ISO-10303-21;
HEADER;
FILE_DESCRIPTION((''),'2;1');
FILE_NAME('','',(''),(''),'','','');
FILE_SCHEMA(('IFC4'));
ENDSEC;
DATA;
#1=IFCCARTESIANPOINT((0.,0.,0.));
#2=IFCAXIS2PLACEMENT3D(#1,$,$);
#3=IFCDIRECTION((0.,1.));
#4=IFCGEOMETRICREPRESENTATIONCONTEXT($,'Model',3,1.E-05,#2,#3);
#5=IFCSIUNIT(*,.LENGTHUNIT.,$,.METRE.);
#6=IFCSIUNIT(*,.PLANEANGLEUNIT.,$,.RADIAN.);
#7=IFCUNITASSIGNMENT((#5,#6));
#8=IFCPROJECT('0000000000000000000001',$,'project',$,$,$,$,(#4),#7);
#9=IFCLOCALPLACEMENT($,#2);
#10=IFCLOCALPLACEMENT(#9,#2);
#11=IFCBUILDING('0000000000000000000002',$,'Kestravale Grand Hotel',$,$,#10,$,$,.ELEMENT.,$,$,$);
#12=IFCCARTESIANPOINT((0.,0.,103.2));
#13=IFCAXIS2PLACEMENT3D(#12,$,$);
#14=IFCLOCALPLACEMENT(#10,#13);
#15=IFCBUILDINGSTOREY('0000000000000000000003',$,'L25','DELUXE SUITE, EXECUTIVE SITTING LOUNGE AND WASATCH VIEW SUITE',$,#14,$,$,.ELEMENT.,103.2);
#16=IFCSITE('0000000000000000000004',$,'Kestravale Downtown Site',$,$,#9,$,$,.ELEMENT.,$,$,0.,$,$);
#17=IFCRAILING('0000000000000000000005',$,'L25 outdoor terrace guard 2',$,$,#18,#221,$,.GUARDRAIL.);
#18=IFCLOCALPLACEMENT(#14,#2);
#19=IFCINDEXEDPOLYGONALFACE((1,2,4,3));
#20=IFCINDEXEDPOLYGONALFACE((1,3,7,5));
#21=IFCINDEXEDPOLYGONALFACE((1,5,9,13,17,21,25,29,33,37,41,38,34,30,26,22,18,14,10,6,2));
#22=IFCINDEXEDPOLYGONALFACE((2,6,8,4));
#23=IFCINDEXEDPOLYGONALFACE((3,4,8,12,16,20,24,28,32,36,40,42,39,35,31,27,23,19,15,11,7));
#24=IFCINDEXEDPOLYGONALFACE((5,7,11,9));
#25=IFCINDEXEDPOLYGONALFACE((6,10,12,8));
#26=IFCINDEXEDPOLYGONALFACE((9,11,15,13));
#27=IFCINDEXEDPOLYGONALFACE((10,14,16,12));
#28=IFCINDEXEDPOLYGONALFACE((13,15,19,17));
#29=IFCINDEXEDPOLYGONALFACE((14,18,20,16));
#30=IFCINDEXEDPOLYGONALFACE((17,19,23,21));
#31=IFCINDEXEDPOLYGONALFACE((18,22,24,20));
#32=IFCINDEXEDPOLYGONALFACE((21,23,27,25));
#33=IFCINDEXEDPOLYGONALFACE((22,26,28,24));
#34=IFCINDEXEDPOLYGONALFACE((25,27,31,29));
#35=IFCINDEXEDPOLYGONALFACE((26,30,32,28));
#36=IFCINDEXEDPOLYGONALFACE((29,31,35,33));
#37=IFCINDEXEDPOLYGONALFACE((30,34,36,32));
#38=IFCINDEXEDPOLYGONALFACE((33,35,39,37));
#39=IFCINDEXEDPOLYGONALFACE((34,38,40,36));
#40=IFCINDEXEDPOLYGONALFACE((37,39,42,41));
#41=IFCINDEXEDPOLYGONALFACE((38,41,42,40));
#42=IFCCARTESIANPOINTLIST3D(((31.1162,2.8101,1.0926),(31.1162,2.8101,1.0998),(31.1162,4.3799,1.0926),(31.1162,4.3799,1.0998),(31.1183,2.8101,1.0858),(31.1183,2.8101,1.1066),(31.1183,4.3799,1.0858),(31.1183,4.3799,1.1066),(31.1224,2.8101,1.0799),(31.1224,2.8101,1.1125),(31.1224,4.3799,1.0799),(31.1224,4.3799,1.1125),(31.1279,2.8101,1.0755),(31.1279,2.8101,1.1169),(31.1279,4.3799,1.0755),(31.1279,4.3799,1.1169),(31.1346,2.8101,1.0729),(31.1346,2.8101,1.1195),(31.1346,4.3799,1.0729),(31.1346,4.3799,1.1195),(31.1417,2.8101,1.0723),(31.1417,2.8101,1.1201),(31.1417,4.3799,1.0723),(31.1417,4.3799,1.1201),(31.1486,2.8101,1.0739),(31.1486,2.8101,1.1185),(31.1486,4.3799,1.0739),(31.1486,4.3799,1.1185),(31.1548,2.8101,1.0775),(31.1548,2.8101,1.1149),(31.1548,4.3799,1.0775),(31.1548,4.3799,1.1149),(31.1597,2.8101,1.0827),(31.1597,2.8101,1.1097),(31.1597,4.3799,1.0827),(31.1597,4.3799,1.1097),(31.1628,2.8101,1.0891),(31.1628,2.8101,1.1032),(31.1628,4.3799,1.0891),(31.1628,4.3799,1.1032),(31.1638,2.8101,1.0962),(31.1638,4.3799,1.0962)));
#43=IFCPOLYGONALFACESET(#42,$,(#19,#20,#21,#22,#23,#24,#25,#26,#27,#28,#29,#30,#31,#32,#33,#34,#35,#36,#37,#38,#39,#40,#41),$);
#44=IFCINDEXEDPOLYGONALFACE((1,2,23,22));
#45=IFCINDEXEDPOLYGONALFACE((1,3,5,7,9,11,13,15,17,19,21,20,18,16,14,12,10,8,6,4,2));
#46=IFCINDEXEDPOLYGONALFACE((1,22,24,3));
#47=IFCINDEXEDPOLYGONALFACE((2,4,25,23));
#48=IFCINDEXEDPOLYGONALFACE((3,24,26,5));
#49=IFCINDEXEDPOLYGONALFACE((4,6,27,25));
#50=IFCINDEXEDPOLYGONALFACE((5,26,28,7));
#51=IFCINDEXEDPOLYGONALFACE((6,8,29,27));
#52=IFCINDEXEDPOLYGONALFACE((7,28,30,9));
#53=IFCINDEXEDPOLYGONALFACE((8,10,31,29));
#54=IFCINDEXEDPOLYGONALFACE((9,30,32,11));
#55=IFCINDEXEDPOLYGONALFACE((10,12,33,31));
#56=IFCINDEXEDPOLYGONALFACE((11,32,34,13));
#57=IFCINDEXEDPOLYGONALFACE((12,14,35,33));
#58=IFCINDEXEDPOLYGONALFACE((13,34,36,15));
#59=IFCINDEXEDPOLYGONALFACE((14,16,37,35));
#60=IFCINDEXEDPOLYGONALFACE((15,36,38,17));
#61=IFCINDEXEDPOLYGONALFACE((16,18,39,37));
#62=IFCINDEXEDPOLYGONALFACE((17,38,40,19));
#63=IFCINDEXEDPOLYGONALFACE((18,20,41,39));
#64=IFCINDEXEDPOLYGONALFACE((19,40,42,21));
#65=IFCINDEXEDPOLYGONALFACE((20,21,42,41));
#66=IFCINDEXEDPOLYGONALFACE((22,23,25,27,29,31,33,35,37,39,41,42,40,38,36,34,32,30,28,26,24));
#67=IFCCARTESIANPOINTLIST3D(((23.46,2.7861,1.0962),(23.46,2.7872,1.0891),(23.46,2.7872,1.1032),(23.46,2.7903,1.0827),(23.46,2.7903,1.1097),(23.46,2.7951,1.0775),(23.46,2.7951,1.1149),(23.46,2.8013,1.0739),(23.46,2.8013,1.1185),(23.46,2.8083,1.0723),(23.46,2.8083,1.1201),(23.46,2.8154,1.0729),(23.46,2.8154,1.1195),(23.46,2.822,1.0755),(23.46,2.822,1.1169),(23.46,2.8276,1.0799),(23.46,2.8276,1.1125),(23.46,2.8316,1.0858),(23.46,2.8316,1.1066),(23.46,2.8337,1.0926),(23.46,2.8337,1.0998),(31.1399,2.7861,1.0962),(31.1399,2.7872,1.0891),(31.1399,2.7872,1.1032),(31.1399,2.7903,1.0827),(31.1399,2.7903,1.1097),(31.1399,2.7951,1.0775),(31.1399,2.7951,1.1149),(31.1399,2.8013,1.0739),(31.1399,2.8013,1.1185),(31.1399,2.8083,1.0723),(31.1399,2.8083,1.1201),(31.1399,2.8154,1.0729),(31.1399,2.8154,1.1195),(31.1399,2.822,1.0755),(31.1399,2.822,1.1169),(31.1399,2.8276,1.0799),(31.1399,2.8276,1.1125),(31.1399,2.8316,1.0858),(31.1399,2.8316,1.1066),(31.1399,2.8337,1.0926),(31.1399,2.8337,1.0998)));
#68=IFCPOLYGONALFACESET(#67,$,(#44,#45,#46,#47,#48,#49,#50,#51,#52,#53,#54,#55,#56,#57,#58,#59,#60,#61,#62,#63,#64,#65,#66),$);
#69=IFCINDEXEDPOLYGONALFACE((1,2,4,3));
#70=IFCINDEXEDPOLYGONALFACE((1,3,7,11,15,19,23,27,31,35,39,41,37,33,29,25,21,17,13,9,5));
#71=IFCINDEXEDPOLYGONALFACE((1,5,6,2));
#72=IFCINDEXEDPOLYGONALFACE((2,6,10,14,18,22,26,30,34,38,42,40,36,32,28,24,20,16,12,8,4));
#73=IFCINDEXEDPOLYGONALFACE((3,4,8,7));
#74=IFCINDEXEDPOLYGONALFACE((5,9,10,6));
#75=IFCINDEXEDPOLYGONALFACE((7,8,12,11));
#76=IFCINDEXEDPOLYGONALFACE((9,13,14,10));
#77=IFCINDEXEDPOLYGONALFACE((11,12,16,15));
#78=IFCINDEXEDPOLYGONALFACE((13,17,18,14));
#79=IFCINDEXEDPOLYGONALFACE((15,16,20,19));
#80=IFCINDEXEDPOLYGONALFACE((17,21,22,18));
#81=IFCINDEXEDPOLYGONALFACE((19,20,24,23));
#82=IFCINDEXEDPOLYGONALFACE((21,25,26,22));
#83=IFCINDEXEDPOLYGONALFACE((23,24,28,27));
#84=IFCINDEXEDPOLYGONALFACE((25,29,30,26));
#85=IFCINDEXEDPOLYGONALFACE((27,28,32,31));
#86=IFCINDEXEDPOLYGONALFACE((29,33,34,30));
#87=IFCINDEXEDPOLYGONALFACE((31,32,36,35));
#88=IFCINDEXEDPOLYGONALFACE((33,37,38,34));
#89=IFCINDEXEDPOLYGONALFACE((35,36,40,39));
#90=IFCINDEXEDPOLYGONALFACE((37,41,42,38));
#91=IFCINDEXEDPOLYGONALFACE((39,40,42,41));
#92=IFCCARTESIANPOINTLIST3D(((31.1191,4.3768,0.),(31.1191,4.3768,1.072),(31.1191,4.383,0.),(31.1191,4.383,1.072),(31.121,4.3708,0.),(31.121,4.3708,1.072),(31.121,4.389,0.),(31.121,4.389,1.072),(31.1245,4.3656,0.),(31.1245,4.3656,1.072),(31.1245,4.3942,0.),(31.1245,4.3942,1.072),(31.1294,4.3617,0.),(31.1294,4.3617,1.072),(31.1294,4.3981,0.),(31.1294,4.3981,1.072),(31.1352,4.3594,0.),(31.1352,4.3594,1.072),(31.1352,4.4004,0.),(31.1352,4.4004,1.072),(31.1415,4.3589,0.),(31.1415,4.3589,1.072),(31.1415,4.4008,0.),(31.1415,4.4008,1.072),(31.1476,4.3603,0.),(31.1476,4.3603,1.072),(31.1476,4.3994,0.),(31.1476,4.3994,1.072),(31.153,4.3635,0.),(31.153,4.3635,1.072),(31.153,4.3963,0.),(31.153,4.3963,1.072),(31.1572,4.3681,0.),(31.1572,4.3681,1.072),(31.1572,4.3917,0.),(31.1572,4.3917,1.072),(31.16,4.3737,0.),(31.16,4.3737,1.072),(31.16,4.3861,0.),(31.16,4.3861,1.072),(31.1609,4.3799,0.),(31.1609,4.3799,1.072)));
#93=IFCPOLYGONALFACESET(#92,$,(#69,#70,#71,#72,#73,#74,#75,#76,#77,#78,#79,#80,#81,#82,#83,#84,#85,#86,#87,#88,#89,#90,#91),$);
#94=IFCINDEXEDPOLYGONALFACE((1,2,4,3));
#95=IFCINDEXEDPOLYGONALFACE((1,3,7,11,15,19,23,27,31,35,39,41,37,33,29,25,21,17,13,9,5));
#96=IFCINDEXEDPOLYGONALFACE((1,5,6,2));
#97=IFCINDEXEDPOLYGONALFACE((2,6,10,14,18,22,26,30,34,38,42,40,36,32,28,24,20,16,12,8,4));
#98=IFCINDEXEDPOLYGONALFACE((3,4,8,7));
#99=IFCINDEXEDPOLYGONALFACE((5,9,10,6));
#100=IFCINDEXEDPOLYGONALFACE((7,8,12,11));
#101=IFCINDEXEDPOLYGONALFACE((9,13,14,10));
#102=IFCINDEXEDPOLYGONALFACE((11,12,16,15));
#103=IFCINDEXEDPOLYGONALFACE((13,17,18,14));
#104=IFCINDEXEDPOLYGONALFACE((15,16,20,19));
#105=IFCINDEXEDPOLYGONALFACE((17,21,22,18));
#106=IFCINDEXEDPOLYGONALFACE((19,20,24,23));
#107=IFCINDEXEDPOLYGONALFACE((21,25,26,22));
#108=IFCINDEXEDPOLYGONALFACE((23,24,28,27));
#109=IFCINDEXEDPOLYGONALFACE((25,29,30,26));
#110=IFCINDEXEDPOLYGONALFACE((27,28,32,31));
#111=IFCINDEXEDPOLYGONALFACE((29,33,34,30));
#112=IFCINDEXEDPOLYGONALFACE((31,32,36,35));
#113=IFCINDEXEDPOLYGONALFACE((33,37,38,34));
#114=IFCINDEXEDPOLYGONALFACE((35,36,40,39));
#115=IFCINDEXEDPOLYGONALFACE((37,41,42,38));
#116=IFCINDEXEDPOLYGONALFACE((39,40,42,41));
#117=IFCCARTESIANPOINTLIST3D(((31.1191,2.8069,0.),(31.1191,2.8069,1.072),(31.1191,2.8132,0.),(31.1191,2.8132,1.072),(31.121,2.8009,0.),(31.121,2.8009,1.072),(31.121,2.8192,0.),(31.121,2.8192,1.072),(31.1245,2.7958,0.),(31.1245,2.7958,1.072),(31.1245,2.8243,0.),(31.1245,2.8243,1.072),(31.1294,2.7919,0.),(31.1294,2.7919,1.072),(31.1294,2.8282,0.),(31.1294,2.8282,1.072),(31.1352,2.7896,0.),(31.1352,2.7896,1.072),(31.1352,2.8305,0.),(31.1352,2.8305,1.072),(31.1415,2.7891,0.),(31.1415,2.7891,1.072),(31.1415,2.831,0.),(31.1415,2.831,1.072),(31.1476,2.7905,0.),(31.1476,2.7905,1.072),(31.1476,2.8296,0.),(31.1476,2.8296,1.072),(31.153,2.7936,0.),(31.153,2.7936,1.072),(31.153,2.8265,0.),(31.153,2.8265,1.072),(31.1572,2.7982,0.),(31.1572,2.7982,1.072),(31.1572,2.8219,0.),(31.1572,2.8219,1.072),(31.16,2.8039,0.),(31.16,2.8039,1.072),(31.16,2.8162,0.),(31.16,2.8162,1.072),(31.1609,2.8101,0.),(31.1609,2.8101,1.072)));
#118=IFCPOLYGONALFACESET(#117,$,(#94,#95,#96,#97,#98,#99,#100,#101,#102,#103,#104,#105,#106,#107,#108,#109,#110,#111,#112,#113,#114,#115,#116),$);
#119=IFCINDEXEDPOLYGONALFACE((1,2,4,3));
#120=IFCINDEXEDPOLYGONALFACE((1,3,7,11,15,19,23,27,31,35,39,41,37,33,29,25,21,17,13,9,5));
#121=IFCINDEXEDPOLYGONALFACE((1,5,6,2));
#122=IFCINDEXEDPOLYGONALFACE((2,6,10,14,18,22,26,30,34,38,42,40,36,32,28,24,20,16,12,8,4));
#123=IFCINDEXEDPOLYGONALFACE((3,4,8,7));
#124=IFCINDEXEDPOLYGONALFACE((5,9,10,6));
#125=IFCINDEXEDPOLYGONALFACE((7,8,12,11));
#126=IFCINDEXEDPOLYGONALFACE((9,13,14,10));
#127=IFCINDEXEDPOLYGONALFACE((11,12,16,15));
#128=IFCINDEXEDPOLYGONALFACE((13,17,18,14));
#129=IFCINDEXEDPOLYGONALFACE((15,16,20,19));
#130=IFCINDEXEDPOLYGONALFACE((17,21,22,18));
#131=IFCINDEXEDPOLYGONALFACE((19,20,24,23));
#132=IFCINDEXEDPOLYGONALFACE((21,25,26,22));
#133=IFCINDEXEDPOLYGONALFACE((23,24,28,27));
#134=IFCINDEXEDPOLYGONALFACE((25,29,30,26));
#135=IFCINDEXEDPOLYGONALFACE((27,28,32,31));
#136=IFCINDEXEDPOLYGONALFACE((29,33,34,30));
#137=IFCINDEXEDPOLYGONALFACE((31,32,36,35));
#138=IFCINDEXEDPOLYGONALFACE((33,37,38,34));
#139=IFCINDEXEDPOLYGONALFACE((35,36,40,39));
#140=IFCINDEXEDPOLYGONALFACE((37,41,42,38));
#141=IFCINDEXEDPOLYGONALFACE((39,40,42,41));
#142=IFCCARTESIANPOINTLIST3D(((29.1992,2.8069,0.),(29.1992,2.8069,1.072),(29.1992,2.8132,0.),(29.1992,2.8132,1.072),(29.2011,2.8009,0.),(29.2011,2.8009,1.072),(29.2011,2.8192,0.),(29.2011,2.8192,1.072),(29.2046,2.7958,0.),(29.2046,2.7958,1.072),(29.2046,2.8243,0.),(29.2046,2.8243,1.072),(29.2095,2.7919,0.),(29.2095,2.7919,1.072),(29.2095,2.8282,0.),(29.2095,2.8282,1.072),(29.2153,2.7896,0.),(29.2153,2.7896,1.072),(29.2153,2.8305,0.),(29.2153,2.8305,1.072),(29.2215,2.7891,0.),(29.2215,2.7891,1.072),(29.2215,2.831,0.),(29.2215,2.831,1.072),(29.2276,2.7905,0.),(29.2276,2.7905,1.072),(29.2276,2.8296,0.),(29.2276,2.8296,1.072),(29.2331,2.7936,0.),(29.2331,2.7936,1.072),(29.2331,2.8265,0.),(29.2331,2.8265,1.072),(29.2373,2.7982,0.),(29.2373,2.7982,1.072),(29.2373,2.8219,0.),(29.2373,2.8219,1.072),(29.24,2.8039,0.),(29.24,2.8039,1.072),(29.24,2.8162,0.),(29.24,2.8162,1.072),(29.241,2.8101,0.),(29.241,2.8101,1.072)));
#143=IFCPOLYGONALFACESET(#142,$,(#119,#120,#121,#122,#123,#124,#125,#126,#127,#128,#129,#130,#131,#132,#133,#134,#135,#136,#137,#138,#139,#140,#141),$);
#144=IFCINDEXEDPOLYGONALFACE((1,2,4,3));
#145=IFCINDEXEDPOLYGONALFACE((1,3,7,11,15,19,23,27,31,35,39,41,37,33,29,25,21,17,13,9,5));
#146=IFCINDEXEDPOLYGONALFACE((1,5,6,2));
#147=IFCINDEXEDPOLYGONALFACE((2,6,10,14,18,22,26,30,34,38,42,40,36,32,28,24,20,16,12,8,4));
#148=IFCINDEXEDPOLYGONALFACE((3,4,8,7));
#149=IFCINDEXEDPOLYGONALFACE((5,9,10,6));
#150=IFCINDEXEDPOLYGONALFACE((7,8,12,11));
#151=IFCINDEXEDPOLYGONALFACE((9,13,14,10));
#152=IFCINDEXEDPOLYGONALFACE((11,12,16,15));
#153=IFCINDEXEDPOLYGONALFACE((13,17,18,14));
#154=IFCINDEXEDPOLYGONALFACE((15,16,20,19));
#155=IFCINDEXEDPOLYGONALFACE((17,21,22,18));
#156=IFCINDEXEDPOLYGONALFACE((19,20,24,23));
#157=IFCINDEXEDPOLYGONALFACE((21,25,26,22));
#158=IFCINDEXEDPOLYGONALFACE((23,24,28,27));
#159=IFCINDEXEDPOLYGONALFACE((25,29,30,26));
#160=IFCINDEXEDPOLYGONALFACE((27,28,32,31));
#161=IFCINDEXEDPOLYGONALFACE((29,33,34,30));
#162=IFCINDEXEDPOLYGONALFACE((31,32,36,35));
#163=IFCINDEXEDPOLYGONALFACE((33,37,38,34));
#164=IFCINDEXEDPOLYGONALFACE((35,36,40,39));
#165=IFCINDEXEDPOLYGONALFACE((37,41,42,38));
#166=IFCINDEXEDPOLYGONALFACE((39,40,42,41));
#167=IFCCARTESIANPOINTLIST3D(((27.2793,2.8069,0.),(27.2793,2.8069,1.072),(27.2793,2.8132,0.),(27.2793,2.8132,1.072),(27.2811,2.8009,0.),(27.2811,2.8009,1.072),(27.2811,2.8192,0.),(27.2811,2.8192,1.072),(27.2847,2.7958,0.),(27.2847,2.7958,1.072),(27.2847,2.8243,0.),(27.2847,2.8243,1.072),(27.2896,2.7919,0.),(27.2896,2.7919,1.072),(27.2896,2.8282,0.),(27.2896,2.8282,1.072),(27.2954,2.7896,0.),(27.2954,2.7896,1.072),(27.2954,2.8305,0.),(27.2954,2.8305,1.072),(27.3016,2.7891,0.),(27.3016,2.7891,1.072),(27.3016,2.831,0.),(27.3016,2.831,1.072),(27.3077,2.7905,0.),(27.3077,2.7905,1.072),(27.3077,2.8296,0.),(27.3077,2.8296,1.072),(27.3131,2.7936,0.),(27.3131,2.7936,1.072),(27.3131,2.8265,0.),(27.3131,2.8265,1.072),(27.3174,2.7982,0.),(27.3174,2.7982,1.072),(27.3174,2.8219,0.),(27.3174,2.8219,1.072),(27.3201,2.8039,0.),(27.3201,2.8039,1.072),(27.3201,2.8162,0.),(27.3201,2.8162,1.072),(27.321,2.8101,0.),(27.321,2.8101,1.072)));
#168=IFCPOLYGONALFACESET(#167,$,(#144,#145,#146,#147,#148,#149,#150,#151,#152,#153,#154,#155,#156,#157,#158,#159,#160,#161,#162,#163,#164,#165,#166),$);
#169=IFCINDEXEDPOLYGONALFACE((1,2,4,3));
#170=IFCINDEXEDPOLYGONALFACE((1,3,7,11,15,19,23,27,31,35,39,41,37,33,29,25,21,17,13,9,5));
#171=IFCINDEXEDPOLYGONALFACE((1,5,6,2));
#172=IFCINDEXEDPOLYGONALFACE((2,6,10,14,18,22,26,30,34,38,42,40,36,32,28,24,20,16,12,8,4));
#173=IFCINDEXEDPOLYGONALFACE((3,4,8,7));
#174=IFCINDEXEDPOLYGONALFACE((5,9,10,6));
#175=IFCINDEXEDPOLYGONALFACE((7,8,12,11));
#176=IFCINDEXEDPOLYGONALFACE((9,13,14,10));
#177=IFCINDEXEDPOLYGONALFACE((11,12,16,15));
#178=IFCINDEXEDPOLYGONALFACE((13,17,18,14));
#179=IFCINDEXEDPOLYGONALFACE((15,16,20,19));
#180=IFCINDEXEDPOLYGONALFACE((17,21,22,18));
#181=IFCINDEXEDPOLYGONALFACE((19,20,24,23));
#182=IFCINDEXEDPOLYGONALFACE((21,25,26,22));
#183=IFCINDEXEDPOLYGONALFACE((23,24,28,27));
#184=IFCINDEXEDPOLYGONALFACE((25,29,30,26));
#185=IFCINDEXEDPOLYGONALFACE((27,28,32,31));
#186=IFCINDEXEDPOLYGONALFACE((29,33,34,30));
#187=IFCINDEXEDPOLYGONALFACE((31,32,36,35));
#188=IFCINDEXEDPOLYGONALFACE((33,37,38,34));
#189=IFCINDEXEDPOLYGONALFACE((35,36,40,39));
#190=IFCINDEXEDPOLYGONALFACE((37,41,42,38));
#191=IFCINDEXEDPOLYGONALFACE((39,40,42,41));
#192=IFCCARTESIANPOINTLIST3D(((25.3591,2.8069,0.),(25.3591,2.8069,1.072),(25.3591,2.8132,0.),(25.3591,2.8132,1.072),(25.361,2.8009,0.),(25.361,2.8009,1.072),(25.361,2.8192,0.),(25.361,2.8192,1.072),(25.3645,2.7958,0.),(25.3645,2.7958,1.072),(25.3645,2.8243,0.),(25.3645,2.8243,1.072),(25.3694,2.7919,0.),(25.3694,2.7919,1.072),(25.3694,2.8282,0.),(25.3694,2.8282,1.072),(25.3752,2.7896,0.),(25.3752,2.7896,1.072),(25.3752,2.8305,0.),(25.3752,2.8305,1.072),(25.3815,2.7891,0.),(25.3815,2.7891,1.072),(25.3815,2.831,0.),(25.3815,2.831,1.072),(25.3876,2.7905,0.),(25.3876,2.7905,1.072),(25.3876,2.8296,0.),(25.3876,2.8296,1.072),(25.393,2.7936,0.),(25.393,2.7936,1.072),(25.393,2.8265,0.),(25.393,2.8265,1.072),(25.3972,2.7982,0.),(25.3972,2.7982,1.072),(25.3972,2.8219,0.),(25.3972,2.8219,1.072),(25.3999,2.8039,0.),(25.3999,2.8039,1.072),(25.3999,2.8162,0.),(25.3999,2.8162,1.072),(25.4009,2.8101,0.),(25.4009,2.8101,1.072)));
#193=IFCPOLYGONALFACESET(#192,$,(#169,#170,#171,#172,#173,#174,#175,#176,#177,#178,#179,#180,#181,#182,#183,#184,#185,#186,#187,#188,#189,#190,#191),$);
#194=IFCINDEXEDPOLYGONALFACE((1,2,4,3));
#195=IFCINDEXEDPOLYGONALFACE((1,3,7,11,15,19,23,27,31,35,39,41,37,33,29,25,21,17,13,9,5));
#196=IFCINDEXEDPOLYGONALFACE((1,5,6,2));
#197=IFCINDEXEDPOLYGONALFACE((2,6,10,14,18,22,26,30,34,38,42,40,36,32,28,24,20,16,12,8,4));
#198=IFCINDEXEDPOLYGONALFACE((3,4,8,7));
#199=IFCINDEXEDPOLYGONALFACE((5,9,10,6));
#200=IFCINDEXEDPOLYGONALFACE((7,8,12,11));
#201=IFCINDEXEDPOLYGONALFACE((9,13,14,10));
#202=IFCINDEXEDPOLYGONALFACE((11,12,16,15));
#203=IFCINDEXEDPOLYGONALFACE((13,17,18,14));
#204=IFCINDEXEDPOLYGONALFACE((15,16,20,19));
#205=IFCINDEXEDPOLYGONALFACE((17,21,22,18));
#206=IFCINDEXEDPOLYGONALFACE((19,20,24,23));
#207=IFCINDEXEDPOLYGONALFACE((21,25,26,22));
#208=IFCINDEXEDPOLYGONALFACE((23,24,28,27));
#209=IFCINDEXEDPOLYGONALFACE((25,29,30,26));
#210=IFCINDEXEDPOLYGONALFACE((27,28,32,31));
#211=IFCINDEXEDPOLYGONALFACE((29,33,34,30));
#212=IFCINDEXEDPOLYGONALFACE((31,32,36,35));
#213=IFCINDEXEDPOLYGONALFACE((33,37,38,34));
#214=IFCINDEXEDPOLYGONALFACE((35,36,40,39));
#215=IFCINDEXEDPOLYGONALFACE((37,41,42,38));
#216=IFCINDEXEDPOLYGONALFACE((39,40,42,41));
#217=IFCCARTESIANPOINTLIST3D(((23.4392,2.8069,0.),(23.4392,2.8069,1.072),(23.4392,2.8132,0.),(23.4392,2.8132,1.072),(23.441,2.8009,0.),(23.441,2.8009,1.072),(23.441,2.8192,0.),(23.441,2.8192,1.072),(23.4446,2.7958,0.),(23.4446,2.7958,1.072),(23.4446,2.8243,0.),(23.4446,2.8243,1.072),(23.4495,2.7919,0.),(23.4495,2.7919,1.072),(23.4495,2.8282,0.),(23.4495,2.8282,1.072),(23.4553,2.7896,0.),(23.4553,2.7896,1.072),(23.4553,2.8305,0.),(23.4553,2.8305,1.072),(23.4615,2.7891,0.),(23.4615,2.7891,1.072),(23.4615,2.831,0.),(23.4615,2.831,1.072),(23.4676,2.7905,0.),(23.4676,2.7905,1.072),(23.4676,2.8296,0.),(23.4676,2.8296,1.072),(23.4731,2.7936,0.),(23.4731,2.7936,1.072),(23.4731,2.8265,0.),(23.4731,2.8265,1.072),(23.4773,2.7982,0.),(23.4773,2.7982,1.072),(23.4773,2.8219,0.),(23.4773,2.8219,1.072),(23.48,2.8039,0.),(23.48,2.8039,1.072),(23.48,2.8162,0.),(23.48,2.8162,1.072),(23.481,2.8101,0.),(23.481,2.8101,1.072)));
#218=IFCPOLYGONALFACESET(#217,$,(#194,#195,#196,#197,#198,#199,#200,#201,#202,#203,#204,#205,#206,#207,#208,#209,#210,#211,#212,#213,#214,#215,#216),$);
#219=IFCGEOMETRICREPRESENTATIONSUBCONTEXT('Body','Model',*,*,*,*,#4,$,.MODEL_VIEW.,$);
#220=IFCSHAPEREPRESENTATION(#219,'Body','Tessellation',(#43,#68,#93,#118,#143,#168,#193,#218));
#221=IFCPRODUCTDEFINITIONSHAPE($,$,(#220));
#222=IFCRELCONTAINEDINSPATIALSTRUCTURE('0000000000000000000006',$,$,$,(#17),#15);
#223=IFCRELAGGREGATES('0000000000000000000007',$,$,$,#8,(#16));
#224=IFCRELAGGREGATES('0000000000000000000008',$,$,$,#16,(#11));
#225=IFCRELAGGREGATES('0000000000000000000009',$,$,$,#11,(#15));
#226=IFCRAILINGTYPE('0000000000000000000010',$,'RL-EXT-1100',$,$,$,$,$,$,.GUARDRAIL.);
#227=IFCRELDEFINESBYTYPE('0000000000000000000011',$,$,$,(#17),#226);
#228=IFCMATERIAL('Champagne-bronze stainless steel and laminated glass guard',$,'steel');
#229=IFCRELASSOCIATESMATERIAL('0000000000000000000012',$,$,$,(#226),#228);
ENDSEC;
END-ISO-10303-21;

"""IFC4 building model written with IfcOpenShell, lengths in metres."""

from ifc_helpers import new_model, si_unit, direction, frame, origin, origin_2d, place, context, subcontext, project, spatial, circle, extrude, material, type_object, element, save


model = new_model("IFC4")

# Units and contexts
model_context = context("Model", 3, precision=1e-05, world=origin(), true_north=direction((0.0, 1.0)))
body_context = subcontext(model_context, "Body", "Model", "MODEL_VIEW")
ifc_project = project(units=[si_unit("LENGTHUNIT", "METRE"), si_unit("PLANEANGLEUNIT", "RADIAN")], contexts=[model_context])

# Site, building, storey
site_placement = place(None, origin())
site = spatial("IfcSite", under=ifc_project, at=site_placement, Name="Kestravale Downtown Site", CompositionType="ELEMENT", RefElevation=0.0)
building_placement = place(site_placement, origin())
building = spatial("IfcBuilding", under=site, at=building_placement, Name="Kestravale Grand Hotel", CompositionType="ELEMENT")
storey_placement = place(building_placement, frame((0.0, 0.0, 103.2)))
storey = spatial("IfcBuildingStorey", under=building, at=storey_placement, Name="L25", Description="DELUXE SUITE, EXECUTIVE SITTING LOUNGE AND WASATCH VIEW SUITE", CompositionType="ELEMENT", Elevation=103.2)

# Railing
ifc_material_1 = material(Name="Champagne-bronze stainless steel and laminated glass guard", Category="steel")
railing_type = type_object("IfcRailingType", Name="RL-EXT-1100", PredefinedType="GUARDRAIL", material=ifc_material_1)
railing_1_placement = place(storey_placement, frame((31.1399, 4.3799, 0.0)))
element("IfcRailing", 1, at=railing_1_placement, inside=storey, type_object=railing_type, Name="L25 outdoor terrace guard 2", PredefinedType="GUARDRAIL", context=body_context, shape_type="SweptSolid", body=[
    extrude(circle(Radius=0.0239, at=origin_2d()), frame((0.0, 0.0, 1.0962), z_axis=(0.0, -1.0, 0.0), x_axis=(1.0, 0.0, 0.0)), (0.0, 0.0, 1.0), 1.5698),
    extrude(circle(Radius=0.0239, at=origin_2d()), frame((0.0, -1.5698, 1.0962), z_axis=(-1.0, 0.0, 0.0), x_axis=(0.0, -1.0, 0.0)), (0.0, 0.0, 1.0), 7.6799),
    extrude(circle(Radius=0.021, at=origin_2d()), origin(), (0.0, 0.0, 1.0), 1.072),
    extrude(circle(Radius=0.021, at=origin_2d()), frame((0.0, -1.5698, 0.0)), (0.0, 0.0, 1.0), 1.072),
    extrude(circle(Radius=0.021, at=origin_2d()), frame((-1.9199, -1.5698, 0.0)), (0.0, 0.0, 1.0), 1.072),
    extrude(circle(Radius=0.021, at=origin_2d()), frame((-3.8398, -1.5698, 0.0)), (0.0, 0.0, 1.0), 1.072),
    extrude(circle(Radius=0.021, at=origin_2d()), frame((-5.76, -1.5698, 0.0)), (0.0, 0.0, 1.0), 1.072),
    extrude(circle(Radius=0.021, at=origin_2d()), frame((-7.6799, -1.5698, 0.0)), (0.0, 0.0, 1.0), 1.072),
])

save(model, "model.ifc")
